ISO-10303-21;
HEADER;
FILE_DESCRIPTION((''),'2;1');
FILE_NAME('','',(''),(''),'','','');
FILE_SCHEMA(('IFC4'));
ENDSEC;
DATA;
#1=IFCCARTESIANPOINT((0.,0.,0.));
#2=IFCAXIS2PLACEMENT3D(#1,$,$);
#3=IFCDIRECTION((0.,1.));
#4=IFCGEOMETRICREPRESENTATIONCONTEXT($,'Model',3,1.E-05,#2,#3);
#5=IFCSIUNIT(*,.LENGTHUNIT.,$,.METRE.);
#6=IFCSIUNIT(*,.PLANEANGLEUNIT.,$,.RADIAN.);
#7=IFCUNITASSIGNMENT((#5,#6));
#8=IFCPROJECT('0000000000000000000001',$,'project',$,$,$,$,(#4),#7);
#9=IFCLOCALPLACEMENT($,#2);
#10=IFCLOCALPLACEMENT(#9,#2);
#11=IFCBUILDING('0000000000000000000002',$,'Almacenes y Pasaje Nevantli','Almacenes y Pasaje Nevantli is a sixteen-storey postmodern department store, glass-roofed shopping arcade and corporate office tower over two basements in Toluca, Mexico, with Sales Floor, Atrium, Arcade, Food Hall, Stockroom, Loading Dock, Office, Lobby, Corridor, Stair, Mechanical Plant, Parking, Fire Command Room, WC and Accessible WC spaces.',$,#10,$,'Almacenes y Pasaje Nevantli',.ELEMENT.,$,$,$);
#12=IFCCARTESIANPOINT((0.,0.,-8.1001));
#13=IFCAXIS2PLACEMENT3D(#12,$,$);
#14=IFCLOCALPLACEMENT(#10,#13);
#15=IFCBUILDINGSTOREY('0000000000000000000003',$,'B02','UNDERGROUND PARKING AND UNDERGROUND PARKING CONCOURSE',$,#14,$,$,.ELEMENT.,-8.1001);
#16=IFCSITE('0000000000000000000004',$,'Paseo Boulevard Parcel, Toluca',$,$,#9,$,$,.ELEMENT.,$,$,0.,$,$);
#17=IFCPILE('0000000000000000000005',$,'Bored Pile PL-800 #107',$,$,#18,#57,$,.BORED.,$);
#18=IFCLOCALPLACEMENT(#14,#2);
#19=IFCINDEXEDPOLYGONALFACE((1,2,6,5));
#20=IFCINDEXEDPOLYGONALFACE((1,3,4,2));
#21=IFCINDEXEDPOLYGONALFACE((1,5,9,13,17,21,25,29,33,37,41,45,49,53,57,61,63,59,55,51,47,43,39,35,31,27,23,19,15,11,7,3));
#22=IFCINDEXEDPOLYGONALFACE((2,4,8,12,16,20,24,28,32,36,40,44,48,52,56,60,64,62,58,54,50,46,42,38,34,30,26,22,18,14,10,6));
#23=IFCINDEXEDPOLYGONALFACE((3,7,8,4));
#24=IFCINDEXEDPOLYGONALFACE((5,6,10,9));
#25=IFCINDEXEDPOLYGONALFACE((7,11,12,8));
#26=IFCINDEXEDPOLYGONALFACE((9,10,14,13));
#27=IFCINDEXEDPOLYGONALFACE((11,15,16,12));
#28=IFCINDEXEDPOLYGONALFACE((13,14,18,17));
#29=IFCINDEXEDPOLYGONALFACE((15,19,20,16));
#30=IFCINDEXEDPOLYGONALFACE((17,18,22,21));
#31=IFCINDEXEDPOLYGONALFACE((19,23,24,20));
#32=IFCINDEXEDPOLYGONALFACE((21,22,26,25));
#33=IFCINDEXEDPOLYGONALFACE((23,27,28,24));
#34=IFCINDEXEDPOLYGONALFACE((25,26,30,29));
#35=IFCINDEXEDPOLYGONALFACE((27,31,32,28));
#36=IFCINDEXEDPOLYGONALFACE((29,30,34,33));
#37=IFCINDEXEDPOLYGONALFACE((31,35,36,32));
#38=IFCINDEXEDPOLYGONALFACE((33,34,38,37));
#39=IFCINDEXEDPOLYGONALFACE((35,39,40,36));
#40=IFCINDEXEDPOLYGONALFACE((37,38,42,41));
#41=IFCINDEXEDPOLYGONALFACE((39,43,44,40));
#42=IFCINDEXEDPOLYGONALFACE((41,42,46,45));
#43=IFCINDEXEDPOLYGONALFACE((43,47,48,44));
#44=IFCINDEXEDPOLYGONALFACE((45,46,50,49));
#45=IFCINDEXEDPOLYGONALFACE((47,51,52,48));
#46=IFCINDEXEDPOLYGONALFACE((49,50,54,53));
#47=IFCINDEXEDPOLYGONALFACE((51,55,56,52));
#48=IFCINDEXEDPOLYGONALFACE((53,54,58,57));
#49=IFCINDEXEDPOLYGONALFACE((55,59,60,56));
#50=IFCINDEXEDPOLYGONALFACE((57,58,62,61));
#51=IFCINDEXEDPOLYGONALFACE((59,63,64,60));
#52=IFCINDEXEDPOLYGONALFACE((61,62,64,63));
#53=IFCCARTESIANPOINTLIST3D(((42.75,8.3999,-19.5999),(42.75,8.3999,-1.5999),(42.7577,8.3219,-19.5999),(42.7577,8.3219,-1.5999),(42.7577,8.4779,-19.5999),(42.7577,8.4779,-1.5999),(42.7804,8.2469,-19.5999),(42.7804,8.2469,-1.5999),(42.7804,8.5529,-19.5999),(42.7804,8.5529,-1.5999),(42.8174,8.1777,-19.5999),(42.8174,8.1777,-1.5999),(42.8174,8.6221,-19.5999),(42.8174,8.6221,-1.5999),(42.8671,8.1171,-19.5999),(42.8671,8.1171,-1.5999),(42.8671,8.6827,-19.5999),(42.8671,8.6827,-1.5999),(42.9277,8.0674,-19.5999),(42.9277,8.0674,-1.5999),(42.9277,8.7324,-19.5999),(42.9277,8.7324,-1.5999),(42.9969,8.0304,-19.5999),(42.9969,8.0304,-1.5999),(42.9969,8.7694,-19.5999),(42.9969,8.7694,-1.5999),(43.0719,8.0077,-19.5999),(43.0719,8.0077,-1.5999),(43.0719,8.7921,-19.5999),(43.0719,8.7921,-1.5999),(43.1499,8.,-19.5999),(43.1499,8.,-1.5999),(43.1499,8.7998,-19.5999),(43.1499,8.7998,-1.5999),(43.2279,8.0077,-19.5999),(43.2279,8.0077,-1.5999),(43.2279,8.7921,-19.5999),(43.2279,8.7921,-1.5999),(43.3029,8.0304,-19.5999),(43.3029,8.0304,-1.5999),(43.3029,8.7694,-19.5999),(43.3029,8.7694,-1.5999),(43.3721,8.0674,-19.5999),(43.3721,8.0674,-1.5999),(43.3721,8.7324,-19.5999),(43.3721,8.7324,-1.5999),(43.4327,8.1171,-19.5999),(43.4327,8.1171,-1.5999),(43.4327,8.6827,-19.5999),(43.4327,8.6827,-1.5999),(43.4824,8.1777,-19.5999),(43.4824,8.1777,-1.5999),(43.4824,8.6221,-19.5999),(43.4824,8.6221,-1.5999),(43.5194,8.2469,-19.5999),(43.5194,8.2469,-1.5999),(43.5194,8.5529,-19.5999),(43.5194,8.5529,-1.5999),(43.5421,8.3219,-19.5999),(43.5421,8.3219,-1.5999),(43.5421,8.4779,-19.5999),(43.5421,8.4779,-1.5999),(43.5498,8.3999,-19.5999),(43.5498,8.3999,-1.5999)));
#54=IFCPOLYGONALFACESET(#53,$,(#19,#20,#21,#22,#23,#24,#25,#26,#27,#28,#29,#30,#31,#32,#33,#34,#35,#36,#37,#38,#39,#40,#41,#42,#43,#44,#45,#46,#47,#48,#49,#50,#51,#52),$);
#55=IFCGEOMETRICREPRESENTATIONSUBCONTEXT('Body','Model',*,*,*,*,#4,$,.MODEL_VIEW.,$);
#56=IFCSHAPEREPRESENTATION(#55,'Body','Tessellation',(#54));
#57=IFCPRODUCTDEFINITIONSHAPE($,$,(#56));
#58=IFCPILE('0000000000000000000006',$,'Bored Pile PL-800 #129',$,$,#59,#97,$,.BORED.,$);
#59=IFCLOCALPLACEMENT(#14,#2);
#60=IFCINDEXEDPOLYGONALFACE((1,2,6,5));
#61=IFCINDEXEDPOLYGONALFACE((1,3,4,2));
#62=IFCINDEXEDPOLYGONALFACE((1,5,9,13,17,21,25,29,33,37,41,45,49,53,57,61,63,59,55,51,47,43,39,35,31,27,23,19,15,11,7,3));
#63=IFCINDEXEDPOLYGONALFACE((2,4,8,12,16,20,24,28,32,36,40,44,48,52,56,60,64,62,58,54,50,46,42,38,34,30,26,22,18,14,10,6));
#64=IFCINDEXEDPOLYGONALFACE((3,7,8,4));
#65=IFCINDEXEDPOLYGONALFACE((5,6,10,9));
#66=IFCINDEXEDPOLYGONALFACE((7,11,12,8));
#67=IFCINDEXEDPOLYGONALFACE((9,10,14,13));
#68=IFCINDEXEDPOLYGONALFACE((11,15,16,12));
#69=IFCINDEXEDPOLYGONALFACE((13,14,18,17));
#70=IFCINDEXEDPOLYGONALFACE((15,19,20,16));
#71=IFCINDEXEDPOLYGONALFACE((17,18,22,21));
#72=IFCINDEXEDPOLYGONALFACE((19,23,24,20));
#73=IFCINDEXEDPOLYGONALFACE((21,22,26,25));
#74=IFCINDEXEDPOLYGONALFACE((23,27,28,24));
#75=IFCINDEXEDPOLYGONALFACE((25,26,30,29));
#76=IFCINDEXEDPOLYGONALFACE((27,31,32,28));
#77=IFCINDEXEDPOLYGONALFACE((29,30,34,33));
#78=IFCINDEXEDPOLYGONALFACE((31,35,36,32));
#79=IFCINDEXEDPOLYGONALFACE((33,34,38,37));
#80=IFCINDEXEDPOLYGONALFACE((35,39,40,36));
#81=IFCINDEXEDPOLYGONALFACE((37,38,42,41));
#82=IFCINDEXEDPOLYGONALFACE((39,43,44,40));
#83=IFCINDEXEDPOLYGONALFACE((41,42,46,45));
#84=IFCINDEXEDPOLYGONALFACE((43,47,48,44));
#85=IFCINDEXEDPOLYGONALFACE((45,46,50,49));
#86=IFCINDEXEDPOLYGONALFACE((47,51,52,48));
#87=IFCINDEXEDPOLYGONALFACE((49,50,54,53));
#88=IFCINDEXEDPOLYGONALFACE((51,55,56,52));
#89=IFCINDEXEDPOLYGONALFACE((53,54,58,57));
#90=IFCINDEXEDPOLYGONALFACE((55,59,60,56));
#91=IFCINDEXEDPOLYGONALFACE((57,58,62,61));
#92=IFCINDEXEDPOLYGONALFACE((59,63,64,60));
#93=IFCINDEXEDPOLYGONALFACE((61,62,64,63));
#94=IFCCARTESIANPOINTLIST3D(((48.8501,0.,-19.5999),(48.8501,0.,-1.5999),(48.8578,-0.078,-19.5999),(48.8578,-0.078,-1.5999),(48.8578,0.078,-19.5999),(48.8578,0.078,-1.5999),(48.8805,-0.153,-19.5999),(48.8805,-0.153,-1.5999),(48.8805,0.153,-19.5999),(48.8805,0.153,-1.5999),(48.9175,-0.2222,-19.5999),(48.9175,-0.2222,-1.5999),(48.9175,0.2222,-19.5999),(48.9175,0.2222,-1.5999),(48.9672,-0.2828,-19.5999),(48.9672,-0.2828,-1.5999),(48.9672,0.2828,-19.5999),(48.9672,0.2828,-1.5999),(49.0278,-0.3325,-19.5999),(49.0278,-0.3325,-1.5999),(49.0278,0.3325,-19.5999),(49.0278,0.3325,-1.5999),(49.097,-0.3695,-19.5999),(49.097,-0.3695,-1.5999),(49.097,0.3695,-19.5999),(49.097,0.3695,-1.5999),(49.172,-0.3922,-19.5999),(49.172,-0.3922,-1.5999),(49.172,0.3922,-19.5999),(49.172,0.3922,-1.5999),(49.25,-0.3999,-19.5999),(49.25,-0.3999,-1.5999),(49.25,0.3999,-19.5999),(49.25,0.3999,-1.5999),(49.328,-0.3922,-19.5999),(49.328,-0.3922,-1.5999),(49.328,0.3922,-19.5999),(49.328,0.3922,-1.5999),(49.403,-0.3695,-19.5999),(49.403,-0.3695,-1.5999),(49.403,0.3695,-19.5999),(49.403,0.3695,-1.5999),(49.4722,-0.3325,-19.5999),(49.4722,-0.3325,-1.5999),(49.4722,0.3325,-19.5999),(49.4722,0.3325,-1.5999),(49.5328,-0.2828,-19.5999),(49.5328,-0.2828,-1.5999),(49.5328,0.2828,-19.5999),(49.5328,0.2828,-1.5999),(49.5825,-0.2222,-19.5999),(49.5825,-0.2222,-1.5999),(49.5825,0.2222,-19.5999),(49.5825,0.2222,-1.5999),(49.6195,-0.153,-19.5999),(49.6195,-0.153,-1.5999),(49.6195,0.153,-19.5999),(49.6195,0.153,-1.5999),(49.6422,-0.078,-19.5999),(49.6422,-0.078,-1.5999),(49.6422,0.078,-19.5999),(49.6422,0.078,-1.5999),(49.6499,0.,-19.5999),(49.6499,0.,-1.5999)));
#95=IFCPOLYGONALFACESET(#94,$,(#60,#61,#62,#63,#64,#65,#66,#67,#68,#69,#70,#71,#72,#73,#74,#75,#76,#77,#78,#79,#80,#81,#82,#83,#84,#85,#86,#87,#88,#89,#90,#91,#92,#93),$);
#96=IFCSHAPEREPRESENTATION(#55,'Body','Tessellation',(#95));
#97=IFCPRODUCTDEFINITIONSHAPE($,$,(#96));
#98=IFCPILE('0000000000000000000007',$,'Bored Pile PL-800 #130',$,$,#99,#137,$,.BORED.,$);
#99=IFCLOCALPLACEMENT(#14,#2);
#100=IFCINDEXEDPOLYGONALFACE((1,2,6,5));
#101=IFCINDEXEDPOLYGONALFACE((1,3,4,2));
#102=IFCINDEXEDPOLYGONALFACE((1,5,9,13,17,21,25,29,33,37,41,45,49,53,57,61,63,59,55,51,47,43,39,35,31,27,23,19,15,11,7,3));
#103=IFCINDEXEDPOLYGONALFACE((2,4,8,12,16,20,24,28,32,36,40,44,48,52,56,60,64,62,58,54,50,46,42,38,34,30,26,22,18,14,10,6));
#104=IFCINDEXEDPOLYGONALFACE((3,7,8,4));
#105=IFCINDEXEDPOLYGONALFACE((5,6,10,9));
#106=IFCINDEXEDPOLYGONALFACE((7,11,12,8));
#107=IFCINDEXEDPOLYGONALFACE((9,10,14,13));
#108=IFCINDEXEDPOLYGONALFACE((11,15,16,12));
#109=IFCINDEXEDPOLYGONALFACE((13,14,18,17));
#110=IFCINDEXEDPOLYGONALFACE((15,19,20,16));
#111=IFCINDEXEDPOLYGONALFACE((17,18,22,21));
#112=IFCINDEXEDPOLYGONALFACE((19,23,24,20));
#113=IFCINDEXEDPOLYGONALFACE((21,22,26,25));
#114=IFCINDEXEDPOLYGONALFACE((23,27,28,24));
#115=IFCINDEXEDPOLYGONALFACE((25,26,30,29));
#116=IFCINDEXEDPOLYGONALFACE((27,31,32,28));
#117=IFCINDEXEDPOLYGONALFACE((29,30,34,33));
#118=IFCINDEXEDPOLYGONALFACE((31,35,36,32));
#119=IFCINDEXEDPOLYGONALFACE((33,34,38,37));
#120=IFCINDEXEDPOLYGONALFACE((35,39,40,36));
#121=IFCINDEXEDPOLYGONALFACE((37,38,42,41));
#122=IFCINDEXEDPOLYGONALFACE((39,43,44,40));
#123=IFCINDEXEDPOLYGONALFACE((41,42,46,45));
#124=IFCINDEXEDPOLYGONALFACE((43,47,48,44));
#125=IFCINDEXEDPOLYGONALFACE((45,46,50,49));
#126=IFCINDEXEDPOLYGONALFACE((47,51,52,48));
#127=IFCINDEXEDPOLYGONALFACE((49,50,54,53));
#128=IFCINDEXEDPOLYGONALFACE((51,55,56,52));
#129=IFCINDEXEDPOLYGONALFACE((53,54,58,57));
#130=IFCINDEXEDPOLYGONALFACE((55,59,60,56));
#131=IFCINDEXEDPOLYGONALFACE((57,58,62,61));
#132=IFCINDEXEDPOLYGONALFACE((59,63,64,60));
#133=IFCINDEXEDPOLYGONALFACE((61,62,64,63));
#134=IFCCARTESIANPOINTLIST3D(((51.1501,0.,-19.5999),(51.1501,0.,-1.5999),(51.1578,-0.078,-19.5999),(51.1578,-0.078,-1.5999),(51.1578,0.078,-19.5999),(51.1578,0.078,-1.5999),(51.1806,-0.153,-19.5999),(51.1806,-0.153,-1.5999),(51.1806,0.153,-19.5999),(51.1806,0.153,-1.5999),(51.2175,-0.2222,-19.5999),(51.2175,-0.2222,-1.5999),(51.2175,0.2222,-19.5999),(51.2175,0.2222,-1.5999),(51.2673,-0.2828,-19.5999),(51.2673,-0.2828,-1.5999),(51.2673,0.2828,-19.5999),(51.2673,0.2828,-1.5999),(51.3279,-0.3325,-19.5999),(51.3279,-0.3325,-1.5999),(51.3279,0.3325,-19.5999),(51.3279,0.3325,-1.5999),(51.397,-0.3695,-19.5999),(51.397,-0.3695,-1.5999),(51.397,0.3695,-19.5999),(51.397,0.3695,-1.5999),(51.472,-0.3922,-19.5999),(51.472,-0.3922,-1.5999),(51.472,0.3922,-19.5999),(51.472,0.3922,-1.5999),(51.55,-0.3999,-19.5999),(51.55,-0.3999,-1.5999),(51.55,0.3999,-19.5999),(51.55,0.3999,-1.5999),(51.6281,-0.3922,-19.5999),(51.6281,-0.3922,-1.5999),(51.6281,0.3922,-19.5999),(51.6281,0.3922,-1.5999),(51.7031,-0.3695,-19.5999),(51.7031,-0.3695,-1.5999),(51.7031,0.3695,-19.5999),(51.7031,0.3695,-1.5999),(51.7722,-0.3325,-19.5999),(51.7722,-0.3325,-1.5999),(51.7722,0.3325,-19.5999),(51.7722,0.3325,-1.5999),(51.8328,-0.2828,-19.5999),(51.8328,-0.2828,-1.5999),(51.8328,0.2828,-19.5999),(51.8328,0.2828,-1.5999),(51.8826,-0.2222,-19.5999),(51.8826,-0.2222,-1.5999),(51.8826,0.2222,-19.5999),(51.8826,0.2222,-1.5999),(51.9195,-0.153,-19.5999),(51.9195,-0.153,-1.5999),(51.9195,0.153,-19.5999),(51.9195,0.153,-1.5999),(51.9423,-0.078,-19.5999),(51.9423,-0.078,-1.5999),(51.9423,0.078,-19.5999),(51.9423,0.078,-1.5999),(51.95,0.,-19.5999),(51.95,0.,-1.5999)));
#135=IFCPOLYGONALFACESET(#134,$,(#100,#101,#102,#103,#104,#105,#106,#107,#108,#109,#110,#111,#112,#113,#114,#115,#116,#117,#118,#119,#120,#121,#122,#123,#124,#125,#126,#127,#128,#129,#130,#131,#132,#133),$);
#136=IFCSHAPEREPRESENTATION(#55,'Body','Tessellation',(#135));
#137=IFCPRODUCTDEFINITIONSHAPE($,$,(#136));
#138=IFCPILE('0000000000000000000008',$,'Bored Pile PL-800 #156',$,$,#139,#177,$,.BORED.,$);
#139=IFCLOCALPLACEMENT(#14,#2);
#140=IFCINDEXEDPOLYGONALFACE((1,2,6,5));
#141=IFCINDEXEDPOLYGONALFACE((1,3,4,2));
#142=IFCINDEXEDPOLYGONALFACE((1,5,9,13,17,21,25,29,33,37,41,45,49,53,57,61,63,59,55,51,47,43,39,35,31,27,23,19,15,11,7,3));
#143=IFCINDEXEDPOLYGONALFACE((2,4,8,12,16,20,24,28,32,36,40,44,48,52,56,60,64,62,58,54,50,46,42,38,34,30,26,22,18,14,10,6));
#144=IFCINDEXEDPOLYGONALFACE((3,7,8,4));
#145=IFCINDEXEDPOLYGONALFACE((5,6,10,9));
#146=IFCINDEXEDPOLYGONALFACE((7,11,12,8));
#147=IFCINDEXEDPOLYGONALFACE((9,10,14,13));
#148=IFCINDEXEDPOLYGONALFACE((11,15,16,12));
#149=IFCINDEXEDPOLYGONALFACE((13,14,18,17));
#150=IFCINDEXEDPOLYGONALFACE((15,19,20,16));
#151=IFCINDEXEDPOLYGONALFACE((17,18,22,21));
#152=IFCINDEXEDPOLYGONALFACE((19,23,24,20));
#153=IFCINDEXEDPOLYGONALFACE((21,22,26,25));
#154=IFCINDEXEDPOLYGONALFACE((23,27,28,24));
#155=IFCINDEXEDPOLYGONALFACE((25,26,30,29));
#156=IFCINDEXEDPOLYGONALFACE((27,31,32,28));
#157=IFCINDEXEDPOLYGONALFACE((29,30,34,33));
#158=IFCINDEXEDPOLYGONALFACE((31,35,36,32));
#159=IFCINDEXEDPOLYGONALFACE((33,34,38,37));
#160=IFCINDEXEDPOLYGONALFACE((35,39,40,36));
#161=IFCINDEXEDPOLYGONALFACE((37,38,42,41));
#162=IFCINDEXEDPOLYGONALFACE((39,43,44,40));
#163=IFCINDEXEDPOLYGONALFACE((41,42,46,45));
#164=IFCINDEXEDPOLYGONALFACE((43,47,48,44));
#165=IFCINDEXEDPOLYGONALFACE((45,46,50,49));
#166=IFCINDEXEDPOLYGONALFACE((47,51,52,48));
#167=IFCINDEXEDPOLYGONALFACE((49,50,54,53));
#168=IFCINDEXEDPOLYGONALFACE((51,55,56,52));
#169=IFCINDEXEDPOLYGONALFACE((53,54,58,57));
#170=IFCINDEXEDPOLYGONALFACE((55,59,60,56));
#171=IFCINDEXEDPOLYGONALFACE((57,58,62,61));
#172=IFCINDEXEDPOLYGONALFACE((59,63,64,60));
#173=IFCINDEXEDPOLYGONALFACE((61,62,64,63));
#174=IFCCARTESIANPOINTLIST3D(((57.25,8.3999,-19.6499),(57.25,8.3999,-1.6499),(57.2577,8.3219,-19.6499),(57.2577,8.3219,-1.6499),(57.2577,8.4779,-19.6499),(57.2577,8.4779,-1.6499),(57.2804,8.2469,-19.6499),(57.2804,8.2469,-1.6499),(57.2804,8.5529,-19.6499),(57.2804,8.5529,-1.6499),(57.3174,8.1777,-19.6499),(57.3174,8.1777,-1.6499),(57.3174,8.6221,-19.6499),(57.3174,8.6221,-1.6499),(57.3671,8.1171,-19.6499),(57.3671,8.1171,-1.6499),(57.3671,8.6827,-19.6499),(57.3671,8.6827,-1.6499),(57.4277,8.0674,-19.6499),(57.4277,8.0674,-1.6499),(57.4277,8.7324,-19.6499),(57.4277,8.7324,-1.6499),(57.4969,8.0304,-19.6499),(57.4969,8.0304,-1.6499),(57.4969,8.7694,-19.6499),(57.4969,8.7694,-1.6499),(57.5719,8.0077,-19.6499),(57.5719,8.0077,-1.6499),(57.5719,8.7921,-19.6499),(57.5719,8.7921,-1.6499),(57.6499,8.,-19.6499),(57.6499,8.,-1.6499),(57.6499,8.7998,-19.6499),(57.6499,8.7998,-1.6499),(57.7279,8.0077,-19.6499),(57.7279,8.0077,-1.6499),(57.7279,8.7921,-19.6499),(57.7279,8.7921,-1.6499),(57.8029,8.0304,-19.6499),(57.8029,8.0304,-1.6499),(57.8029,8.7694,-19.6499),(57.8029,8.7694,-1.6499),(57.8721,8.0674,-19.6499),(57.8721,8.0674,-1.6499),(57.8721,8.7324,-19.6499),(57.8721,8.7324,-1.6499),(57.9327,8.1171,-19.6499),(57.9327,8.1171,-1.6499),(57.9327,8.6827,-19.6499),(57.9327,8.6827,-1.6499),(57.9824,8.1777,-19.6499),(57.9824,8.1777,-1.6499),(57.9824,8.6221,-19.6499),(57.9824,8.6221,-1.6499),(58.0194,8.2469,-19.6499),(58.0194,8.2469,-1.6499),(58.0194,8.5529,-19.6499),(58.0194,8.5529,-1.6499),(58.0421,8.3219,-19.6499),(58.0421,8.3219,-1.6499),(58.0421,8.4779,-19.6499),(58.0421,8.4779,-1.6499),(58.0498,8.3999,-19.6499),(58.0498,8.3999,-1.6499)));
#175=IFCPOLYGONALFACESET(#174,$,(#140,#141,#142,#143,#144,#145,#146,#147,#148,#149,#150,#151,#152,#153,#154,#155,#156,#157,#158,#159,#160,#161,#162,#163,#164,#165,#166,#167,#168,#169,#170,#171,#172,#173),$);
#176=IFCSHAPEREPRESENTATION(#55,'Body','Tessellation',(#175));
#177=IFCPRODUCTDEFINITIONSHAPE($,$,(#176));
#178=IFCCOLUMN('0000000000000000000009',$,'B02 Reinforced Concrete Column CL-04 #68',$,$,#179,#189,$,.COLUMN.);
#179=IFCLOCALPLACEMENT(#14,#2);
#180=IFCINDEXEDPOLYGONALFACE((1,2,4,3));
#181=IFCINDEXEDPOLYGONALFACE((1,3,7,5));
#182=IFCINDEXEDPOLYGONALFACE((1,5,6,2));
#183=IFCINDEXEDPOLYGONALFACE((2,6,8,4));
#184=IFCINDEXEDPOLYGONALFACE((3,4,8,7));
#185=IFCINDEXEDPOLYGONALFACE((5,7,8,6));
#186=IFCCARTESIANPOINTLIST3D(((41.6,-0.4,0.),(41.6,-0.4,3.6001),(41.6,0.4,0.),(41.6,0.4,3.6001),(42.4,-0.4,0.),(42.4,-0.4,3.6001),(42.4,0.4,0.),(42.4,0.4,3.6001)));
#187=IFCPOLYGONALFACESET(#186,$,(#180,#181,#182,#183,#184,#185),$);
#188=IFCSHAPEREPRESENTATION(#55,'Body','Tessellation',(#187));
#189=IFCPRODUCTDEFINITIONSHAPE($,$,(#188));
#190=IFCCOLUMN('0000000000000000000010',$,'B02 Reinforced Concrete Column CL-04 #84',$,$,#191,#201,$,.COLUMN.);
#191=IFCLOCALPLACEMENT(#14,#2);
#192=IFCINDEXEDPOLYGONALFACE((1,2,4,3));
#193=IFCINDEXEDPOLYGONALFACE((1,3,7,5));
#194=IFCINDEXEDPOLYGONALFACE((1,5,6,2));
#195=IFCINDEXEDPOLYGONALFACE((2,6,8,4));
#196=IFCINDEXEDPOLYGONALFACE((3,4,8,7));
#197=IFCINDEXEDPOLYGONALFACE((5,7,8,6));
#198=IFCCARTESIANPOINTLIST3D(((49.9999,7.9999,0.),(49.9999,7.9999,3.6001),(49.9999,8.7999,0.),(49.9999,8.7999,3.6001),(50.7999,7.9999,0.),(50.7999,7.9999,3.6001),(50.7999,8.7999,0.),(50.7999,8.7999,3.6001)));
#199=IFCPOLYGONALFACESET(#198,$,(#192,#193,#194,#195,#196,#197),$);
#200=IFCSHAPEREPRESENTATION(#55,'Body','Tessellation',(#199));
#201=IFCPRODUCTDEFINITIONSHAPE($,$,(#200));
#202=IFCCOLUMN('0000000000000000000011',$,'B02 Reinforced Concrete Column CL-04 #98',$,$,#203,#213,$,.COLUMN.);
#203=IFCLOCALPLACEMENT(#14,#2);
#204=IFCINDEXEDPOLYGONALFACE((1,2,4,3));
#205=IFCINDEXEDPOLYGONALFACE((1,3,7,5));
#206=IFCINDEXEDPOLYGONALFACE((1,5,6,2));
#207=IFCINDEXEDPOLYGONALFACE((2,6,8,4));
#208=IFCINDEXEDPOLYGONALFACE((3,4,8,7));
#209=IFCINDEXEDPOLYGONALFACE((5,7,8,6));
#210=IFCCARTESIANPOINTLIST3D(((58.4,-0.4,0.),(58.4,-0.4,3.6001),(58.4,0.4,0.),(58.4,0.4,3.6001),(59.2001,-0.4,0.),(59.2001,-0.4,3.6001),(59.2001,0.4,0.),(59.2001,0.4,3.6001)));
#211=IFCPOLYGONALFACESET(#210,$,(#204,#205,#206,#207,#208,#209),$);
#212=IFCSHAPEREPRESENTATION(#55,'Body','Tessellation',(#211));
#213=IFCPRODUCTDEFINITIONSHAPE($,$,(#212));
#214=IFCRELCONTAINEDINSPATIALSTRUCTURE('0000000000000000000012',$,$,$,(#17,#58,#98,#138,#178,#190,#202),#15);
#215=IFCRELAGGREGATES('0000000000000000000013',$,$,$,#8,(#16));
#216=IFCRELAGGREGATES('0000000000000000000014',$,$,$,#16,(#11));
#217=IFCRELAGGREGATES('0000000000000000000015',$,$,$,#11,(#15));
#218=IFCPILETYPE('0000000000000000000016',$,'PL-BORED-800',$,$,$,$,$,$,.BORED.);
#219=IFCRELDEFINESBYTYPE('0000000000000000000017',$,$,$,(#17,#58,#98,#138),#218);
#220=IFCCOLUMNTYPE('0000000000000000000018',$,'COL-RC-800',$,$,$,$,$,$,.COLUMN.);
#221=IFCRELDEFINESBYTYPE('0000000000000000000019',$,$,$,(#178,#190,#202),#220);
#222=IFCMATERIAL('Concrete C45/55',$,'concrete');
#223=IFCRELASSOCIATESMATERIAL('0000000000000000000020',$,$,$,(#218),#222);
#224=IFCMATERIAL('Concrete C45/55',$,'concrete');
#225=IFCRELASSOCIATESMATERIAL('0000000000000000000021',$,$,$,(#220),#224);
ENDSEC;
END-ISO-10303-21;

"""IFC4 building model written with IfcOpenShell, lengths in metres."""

from ifc_helpers import new_model, si_unit, direction, frame, origin, origin_2d, place, context, subcontext, project, spatial, rectangle, circle, extrude, material, material_profile, profile_set, type_object, element, save


model = new_model("IFC4")

# Units and contexts
model_context = context("Model", 3, precision=1e-05, world=origin(), true_north=direction((0.0, 1.0)))
body_context = subcontext(model_context, "Body", "Model", "MODEL_VIEW")
ifc_project = project(units=[si_unit("LENGTHUNIT", "METRE"), si_unit("PLANEANGLEUNIT", "RADIAN")], contexts=[model_context])

# Site, building, storey
site_placement = place(None, origin())
site = spatial("IfcSite", under=ifc_project, at=site_placement, Name="Paseo Boulevard Parcel, Toluca", CompositionType="ELEMENT", RefElevation=0.0)
building_placement = place(site_placement, origin())
building = spatial("IfcBuilding", under=site, at=building_placement, Name="Almacenes y Pasaje Nevantli", Description="Almacenes y Pasaje Nevantli is a sixteen-storey postmodern department store, glass-roofed shopping arcade and corporate office tower over two basements in Toluca, Mexico, with Sales Floor, Atrium, Arcade, Food Hall, Stockroom, Loading Dock, Office, Lobby, Corridor, Stair, Mechanical Plant, Parking, Fire Command Room, WC and Accessible WC spaces.", LongName="Almacenes y Pasaje Nevantli", CompositionType="ELEMENT")
storey_placement = place(building_placement, frame((0.0, 0.0, -8.1001)))
storey = spatial("IfcBuildingStorey", under=building, at=storey_placement, Name="B02", Description="UNDERGROUND PARKING AND UNDERGROUND PARKING CONCOURSE", CompositionType="ELEMENT", Elevation=-8.1001)

# Piles
ifc_material_1 = material(Name="Concrete C45/55", Category="concrete")
ifc_material_profile_1 = material_profile(ifc_material_1, circle(Radius=0.3999, at=origin_2d()), Name="RC-PILE-D800")
ifc_profile_set_1 = profile_set([ifc_material_profile_1], Name="Concrete C45/55")
pile_type_1 = type_object("IfcPileType", Name="PL-BORED-800", PredefinedType="BORED", material=ifc_profile_set_1)
for number, where, z_axis, x_axis, name in (
    (1, (43.1499, 8.3999, -1.5999), (0.0, 0.0, -1.0), (1.0, 0.0, 0.0), "Bored Pile PL-800 #107"),
    (2, (49.25, 0.0, -1.5999), (0.0, 0.0, -1.0), (1.0, 0.0, 0.0), "Bored Pile PL-800 #129"),
    (3, (51.55, 0.0, -1.5999), (0.0, 0.0, -1.0), (1.0, 0.0, 0.0), "Bored Pile PL-800 #130"),
    (4, (57.6499, 8.3999, -1.6499), (0.0, 0.0, -1.0), (1.0, 0.0, 0.0), "Bored Pile PL-800 #156"),
):
    element("IfcPile", number, at=place(storey_placement, frame(where, z_axis=z_axis, x_axis=x_axis)), inside=storey, type_object=pile_type_1, Name=name, PredefinedType="BORED", context=body_context, shape_type="SweptSolid", body=[
        extrude(circle(Radius=0.3999, at=origin_2d()), origin(), (0.0, 0.0, 1.0), 18.0),
    ])

# Columns
ifc_material_2 = material(Name="Concrete C45/55", Category="concrete")
ifc_material_profile_2 = material_profile(ifc_material_2, rectangle(XDim=0.8, YDim=0.8, at=origin_2d()), Name="RC-COL-800x800")
ifc_profile_set_2 = profile_set([ifc_material_profile_2], Name="Concrete C45/55")
column_type_1 = type_object("IfcColumnType", Name="COL-RC-800", PredefinedType="COLUMN", material=ifc_profile_set_2)
for number, where, z_axis, x_axis, name in (
    (5, (42.0, 0.0, 0.0), (0.0, 0.0, 1.0), (1.0, 0.0, 0.0), "B02 Reinforced Concrete Column CL-04 #68"),
    (6, (50.3999, 8.3999, 0.0), (0.0, 0.0, 1.0), (1.0, 0.0, 0.0), "B02 Reinforced Concrete Column CL-04 #84"),
    (7, (58.8, 0.0, 0.0), (0.0, 0.0, 1.0), (1.0, 0.0, 0.0), "B02 Reinforced Concrete Column CL-04 #98"),
):
    element("IfcColumn", number, at=place(storey_placement, frame(where, z_axis=z_axis, x_axis=x_axis)), inside=storey, type_object=column_type_1, Name=name, PredefinedType="COLUMN", context=body_context, shape_type="SweptSolid", body=[
        extrude(rectangle(XDim=0.8, YDim=0.8, at=origin_2d()), origin(), (0.0, 0.0, 1.0), 3.6001),
    ])

save(model, "model.ifc")
